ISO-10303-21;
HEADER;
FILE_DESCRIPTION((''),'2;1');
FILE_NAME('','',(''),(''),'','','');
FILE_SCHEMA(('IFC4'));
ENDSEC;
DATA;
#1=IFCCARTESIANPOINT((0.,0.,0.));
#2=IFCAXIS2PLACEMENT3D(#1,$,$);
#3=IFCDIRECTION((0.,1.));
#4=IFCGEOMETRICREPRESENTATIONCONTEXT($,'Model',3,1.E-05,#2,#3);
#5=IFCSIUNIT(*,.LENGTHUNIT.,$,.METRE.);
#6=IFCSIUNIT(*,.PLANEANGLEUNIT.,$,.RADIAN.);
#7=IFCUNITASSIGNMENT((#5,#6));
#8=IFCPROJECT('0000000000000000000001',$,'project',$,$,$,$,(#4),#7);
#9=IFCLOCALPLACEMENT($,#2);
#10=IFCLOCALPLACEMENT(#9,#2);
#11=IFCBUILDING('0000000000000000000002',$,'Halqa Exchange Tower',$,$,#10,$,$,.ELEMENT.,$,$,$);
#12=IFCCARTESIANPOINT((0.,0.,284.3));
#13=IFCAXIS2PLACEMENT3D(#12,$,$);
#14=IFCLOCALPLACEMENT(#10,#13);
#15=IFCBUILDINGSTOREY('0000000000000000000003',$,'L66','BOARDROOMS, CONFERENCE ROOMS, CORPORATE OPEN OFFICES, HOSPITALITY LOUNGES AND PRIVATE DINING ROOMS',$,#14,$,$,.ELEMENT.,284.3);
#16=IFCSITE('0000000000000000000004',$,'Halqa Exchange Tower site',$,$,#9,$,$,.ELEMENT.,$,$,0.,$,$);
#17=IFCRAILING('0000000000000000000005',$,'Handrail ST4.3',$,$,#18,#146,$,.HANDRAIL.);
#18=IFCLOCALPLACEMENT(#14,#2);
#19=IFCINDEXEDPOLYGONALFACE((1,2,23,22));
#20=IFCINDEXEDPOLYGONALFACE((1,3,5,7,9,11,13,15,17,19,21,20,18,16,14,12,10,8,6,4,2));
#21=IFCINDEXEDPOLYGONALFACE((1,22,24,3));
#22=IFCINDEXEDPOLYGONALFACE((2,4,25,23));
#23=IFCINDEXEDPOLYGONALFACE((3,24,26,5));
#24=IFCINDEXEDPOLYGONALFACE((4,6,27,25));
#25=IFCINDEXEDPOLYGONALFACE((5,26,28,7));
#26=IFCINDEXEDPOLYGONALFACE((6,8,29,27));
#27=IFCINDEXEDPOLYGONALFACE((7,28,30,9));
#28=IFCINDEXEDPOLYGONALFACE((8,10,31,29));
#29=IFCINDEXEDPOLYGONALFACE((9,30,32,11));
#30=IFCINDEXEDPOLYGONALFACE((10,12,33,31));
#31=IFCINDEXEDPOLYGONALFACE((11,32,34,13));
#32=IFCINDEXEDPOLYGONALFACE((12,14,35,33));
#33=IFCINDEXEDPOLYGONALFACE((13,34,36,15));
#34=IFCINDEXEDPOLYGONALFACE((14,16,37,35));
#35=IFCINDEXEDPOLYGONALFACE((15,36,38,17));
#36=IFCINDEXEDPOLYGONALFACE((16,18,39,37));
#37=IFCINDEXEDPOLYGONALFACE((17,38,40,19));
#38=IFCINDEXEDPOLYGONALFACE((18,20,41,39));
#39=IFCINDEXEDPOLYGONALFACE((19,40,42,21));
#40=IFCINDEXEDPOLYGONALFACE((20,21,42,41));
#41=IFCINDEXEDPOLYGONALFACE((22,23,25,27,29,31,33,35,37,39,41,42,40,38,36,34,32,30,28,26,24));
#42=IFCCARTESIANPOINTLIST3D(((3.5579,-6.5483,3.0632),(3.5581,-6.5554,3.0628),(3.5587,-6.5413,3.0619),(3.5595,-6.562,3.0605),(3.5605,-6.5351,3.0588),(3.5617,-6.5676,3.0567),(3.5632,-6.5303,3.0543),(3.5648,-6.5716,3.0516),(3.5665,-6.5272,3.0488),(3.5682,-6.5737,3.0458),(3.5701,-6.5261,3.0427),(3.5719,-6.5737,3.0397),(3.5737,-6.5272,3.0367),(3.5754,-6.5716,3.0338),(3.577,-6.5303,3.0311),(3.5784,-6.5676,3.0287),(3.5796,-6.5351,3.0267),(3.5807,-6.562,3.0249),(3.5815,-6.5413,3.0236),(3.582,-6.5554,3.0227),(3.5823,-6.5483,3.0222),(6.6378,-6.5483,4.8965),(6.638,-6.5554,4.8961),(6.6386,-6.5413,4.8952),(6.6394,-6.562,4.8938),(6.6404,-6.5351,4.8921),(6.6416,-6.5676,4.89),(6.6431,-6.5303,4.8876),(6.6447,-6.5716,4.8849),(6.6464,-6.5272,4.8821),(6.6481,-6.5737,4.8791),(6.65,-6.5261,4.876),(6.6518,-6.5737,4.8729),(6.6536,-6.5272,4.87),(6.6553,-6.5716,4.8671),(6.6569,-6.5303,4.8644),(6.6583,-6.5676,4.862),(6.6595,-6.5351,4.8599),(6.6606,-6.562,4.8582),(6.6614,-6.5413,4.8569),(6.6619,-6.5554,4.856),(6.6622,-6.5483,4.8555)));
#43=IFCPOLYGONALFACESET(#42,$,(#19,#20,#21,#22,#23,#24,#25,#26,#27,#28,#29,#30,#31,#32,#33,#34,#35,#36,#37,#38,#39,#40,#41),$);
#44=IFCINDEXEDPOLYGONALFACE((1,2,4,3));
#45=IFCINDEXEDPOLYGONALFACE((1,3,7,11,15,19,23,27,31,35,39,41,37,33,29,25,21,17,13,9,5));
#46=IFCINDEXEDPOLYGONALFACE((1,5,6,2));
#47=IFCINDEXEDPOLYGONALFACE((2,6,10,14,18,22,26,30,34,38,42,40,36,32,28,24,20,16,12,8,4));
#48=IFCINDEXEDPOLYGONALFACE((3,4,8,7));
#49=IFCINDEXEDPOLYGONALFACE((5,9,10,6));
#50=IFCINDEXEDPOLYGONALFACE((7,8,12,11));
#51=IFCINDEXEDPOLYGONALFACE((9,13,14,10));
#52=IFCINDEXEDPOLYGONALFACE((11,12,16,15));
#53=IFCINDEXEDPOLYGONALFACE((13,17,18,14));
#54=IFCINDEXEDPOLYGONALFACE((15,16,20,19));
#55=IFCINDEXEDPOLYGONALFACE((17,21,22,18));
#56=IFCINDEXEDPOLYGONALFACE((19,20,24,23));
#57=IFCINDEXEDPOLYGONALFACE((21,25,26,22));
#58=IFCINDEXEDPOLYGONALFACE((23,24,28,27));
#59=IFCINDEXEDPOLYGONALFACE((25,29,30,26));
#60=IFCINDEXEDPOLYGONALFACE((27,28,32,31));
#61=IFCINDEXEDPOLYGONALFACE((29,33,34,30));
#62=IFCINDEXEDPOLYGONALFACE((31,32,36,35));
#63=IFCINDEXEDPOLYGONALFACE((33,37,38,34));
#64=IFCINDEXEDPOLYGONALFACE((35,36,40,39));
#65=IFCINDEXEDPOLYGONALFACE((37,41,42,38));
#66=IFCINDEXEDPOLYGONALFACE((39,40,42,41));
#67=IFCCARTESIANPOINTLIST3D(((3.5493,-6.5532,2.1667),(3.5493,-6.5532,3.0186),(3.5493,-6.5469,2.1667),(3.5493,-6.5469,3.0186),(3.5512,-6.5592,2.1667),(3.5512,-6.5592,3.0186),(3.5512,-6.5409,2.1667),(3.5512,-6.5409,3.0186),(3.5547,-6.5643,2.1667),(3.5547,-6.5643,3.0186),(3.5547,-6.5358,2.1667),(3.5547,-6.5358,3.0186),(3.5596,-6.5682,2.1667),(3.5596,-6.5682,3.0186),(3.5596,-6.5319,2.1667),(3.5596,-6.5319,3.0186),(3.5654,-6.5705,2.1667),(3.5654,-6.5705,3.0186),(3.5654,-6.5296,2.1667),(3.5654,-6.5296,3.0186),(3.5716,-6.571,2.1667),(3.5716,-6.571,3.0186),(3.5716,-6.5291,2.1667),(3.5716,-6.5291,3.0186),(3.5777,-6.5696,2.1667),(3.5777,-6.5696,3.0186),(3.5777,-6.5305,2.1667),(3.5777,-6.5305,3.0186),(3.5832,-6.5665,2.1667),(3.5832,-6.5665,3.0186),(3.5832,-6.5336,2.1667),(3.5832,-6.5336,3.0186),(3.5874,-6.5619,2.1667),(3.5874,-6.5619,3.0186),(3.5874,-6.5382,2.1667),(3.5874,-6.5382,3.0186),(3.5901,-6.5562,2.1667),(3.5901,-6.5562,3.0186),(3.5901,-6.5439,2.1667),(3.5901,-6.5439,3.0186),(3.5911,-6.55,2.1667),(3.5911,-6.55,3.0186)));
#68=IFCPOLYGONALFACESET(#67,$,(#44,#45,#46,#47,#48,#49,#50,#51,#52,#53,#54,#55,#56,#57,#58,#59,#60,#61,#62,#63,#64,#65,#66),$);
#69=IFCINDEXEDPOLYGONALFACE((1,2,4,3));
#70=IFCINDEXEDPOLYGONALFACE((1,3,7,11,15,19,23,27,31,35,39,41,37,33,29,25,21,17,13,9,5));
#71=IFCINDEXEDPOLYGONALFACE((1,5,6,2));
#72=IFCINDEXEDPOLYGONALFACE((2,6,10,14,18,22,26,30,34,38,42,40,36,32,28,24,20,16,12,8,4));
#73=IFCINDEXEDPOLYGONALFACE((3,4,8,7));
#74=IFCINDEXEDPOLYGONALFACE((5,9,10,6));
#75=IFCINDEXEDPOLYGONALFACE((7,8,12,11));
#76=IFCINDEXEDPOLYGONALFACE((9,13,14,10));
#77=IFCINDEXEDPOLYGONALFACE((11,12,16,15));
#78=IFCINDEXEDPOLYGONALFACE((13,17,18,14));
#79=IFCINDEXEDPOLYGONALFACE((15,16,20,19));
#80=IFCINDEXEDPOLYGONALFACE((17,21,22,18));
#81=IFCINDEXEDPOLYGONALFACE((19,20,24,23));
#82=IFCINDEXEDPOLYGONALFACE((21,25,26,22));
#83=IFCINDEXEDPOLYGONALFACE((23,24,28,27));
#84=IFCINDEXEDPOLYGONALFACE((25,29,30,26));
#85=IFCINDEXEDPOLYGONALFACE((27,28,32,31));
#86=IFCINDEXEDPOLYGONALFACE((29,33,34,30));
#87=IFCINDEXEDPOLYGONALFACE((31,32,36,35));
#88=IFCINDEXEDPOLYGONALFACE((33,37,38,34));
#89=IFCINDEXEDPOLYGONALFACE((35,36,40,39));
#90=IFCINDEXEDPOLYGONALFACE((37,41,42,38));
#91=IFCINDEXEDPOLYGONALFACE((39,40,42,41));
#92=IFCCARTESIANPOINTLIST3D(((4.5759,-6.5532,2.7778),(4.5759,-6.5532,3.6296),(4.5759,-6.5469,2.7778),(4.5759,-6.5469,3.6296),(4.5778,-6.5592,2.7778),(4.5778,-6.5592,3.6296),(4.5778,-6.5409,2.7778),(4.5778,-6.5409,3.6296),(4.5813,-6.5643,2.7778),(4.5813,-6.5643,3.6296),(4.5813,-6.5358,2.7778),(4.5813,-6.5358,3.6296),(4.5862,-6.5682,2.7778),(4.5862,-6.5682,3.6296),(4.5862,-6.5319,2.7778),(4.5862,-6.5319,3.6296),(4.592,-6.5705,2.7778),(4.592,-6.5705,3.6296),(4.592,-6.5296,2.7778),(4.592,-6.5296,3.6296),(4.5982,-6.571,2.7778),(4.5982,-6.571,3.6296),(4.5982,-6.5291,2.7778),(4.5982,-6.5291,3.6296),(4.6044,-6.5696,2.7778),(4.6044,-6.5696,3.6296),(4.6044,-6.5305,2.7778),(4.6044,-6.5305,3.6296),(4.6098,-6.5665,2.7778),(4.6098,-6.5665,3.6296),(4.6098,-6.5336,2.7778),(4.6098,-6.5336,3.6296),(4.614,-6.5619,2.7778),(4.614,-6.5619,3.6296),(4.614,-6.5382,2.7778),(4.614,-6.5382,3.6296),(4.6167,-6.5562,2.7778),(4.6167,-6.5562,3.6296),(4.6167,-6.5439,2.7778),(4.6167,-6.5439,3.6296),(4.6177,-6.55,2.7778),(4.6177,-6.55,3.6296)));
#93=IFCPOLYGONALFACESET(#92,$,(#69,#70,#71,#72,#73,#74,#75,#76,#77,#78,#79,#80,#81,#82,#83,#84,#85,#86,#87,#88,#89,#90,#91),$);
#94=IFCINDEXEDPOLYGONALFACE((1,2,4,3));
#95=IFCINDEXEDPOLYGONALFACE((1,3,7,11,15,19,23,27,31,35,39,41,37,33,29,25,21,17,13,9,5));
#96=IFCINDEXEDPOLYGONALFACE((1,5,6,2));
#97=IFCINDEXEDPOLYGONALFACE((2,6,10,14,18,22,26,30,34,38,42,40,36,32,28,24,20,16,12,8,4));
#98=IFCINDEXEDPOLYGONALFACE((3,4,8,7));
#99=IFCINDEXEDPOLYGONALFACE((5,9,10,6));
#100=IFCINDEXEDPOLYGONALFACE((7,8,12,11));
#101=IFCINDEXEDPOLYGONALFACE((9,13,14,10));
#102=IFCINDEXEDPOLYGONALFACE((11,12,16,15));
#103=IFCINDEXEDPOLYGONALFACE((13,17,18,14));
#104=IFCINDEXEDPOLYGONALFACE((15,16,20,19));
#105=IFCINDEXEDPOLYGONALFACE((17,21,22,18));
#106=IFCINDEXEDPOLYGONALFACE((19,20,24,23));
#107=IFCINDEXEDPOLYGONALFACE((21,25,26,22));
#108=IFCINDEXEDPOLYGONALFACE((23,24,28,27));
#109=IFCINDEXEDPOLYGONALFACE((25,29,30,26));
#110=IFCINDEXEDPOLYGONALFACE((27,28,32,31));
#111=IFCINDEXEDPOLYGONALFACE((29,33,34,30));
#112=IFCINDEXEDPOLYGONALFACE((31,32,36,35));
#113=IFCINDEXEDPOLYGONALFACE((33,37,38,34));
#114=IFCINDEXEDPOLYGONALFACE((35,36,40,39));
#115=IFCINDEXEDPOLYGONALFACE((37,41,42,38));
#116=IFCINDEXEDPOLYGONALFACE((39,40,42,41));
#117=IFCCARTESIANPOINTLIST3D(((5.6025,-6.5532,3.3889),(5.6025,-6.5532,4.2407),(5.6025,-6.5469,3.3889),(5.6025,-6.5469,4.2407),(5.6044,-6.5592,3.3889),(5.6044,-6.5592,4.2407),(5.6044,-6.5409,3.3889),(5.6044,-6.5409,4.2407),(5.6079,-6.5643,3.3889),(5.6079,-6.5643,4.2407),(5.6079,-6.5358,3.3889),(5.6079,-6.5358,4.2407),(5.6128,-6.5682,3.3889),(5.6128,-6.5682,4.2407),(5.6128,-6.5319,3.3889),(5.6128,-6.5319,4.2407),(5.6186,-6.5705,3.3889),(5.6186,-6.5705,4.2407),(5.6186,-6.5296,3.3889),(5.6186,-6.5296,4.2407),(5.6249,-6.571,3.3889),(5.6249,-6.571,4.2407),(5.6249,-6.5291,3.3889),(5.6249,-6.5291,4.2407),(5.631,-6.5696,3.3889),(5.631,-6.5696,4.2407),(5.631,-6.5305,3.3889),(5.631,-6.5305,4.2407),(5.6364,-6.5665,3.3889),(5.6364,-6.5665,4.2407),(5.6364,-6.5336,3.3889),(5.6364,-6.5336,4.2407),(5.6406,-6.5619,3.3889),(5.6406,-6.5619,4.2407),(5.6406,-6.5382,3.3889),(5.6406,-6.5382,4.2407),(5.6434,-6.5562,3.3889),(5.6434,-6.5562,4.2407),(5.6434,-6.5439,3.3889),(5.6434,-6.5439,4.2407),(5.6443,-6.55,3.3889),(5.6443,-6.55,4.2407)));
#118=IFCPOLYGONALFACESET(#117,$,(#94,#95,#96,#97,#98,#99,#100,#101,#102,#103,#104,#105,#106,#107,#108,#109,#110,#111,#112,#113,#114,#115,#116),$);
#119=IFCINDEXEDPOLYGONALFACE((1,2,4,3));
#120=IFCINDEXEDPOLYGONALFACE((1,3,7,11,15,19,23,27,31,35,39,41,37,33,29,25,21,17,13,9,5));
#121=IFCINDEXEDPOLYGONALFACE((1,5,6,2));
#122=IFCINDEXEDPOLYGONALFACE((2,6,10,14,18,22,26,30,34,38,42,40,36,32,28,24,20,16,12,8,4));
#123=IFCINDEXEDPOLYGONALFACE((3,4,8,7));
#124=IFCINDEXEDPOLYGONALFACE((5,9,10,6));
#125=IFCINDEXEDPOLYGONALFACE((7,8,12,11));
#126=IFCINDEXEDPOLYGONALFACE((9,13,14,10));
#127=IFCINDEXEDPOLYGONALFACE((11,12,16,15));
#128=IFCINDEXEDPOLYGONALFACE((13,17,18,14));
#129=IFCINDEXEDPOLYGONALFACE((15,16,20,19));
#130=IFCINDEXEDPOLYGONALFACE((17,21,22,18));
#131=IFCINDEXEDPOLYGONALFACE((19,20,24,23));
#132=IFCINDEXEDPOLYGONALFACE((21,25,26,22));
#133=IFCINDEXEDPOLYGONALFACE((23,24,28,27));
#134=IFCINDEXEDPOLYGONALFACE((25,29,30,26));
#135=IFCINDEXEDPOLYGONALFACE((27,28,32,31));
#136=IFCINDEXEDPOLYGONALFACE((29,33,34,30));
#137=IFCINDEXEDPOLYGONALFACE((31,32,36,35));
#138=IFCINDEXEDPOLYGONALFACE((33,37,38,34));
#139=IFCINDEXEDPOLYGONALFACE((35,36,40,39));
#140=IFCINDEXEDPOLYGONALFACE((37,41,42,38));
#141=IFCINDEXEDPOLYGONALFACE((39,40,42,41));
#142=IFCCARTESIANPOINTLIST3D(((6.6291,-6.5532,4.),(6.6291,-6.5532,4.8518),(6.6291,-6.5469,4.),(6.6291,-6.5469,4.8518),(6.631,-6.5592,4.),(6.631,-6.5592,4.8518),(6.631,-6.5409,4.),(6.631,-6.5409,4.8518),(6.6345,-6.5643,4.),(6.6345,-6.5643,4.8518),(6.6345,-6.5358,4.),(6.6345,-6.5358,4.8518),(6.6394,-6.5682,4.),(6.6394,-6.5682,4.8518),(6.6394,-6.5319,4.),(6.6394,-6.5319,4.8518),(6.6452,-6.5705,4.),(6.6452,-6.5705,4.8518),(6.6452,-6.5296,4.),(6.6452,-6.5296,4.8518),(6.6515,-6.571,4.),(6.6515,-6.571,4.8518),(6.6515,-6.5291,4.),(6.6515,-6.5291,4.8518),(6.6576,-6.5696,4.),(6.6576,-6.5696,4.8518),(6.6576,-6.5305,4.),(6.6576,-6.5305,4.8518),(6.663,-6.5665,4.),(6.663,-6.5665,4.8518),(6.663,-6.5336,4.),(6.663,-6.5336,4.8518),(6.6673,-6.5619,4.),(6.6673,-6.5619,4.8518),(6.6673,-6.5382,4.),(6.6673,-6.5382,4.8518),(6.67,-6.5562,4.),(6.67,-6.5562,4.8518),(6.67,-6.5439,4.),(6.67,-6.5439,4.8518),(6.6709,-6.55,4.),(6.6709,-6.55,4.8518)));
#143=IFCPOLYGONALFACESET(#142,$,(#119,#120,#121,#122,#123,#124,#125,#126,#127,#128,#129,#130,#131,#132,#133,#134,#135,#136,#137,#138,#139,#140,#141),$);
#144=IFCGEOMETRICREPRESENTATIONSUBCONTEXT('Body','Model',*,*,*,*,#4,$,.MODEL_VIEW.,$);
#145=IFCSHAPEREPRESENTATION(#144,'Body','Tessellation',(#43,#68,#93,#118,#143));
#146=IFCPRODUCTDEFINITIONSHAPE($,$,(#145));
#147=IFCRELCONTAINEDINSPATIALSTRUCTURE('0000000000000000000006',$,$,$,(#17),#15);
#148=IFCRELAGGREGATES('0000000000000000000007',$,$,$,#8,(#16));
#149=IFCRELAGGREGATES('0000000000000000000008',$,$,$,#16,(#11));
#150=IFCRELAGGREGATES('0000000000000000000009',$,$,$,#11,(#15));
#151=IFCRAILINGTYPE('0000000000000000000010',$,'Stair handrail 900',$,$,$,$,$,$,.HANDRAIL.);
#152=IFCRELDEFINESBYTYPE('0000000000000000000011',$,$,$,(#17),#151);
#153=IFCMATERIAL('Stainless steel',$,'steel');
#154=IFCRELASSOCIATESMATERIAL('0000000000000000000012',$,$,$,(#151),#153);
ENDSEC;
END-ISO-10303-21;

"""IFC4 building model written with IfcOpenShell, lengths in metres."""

from ifc_helpers import new_model, si_unit, direction, frame, origin, origin_2d, place, context, subcontext, project, spatial, circle, extrude, material, type_object, element, save


model = new_model("IFC4")

# Units and contexts
model_context = context("Model", 3, precision=1e-05, world=origin(), true_north=direction((0.0, 1.0)))
body_context = subcontext(model_context, "Body", "Model", "MODEL_VIEW")
ifc_project = project(units=[si_unit("LENGTHUNIT", "METRE"), si_unit("PLANEANGLEUNIT", "RADIAN")], contexts=[model_context])

# Site, building, storey
site_placement = place(None, origin())
site = spatial("IfcSite", under=ifc_project, at=site_placement, Name="Halqa Exchange Tower site", CompositionType="ELEMENT", RefElevation=0.0)
building_placement = place(site_placement, origin())
building = spatial("IfcBuilding", under=site, at=building_placement, Name="Halqa Exchange Tower", CompositionType="ELEMENT")
storey_placement = place(building_placement, frame((0.0, 0.0, 284.3)))
storey = spatial("IfcBuildingStorey", under=building, at=storey_placement, Name="L66", Description="BOARDROOMS, CONFERENCE ROOMS, CORPORATE OPEN OFFICES, HOSPITALITY LOUNGES AND PRIVATE DINING ROOMS", CompositionType="ELEMENT", Elevation=284.3)

# Railing
ifc_material_1 = material(Name="Stainless steel", Category="steel")
railing_type_1 = type_object("IfcRailingType", Name="Stair handrail 900", PredefinedType="HANDRAIL", material=ifc_material_1)
railing_1_placement = place(storey_placement, frame((3.5701, -6.55, 2.1667)))
element("IfcRailing", 1, at=railing_1_placement, inside=storey, type_object=railing_type_1, Name="Handrail ST4.3", PredefinedType="HANDRAIL", context=body_context, shape_type="SweptSolid", body=[
    extrude(circle(Radius=0.0239, at=origin_2d()), frame((0.0, 0.0, 0.876), z_axis=(0.859291, 0.0, 0.511487), x_axis=(0.0, 1.0, 0.0)), (0.0, 0.0, 1.0), 3.5842),
    extrude(circle(Radius=0.021, at=origin_2d()), origin(), (0.0, 0.0, 1.0), 0.8518),
    extrude(circle(Radius=0.021, at=origin_2d()), frame((1.0266, 0.0, 0.6111)), (0.0, 0.0, 1.0), 0.8518),
    extrude(circle(Radius=0.021, at=origin_2d()), frame((2.0532, 0.0, 1.2222)), (0.0, 0.0, 1.0), 0.8518),
    extrude(circle(Radius=0.021, at=origin_2d()), frame((3.0798, 0.0, 1.8333)), (0.0, 0.0, 1.0), 0.8518),
])

save(model, "model.ifc")
